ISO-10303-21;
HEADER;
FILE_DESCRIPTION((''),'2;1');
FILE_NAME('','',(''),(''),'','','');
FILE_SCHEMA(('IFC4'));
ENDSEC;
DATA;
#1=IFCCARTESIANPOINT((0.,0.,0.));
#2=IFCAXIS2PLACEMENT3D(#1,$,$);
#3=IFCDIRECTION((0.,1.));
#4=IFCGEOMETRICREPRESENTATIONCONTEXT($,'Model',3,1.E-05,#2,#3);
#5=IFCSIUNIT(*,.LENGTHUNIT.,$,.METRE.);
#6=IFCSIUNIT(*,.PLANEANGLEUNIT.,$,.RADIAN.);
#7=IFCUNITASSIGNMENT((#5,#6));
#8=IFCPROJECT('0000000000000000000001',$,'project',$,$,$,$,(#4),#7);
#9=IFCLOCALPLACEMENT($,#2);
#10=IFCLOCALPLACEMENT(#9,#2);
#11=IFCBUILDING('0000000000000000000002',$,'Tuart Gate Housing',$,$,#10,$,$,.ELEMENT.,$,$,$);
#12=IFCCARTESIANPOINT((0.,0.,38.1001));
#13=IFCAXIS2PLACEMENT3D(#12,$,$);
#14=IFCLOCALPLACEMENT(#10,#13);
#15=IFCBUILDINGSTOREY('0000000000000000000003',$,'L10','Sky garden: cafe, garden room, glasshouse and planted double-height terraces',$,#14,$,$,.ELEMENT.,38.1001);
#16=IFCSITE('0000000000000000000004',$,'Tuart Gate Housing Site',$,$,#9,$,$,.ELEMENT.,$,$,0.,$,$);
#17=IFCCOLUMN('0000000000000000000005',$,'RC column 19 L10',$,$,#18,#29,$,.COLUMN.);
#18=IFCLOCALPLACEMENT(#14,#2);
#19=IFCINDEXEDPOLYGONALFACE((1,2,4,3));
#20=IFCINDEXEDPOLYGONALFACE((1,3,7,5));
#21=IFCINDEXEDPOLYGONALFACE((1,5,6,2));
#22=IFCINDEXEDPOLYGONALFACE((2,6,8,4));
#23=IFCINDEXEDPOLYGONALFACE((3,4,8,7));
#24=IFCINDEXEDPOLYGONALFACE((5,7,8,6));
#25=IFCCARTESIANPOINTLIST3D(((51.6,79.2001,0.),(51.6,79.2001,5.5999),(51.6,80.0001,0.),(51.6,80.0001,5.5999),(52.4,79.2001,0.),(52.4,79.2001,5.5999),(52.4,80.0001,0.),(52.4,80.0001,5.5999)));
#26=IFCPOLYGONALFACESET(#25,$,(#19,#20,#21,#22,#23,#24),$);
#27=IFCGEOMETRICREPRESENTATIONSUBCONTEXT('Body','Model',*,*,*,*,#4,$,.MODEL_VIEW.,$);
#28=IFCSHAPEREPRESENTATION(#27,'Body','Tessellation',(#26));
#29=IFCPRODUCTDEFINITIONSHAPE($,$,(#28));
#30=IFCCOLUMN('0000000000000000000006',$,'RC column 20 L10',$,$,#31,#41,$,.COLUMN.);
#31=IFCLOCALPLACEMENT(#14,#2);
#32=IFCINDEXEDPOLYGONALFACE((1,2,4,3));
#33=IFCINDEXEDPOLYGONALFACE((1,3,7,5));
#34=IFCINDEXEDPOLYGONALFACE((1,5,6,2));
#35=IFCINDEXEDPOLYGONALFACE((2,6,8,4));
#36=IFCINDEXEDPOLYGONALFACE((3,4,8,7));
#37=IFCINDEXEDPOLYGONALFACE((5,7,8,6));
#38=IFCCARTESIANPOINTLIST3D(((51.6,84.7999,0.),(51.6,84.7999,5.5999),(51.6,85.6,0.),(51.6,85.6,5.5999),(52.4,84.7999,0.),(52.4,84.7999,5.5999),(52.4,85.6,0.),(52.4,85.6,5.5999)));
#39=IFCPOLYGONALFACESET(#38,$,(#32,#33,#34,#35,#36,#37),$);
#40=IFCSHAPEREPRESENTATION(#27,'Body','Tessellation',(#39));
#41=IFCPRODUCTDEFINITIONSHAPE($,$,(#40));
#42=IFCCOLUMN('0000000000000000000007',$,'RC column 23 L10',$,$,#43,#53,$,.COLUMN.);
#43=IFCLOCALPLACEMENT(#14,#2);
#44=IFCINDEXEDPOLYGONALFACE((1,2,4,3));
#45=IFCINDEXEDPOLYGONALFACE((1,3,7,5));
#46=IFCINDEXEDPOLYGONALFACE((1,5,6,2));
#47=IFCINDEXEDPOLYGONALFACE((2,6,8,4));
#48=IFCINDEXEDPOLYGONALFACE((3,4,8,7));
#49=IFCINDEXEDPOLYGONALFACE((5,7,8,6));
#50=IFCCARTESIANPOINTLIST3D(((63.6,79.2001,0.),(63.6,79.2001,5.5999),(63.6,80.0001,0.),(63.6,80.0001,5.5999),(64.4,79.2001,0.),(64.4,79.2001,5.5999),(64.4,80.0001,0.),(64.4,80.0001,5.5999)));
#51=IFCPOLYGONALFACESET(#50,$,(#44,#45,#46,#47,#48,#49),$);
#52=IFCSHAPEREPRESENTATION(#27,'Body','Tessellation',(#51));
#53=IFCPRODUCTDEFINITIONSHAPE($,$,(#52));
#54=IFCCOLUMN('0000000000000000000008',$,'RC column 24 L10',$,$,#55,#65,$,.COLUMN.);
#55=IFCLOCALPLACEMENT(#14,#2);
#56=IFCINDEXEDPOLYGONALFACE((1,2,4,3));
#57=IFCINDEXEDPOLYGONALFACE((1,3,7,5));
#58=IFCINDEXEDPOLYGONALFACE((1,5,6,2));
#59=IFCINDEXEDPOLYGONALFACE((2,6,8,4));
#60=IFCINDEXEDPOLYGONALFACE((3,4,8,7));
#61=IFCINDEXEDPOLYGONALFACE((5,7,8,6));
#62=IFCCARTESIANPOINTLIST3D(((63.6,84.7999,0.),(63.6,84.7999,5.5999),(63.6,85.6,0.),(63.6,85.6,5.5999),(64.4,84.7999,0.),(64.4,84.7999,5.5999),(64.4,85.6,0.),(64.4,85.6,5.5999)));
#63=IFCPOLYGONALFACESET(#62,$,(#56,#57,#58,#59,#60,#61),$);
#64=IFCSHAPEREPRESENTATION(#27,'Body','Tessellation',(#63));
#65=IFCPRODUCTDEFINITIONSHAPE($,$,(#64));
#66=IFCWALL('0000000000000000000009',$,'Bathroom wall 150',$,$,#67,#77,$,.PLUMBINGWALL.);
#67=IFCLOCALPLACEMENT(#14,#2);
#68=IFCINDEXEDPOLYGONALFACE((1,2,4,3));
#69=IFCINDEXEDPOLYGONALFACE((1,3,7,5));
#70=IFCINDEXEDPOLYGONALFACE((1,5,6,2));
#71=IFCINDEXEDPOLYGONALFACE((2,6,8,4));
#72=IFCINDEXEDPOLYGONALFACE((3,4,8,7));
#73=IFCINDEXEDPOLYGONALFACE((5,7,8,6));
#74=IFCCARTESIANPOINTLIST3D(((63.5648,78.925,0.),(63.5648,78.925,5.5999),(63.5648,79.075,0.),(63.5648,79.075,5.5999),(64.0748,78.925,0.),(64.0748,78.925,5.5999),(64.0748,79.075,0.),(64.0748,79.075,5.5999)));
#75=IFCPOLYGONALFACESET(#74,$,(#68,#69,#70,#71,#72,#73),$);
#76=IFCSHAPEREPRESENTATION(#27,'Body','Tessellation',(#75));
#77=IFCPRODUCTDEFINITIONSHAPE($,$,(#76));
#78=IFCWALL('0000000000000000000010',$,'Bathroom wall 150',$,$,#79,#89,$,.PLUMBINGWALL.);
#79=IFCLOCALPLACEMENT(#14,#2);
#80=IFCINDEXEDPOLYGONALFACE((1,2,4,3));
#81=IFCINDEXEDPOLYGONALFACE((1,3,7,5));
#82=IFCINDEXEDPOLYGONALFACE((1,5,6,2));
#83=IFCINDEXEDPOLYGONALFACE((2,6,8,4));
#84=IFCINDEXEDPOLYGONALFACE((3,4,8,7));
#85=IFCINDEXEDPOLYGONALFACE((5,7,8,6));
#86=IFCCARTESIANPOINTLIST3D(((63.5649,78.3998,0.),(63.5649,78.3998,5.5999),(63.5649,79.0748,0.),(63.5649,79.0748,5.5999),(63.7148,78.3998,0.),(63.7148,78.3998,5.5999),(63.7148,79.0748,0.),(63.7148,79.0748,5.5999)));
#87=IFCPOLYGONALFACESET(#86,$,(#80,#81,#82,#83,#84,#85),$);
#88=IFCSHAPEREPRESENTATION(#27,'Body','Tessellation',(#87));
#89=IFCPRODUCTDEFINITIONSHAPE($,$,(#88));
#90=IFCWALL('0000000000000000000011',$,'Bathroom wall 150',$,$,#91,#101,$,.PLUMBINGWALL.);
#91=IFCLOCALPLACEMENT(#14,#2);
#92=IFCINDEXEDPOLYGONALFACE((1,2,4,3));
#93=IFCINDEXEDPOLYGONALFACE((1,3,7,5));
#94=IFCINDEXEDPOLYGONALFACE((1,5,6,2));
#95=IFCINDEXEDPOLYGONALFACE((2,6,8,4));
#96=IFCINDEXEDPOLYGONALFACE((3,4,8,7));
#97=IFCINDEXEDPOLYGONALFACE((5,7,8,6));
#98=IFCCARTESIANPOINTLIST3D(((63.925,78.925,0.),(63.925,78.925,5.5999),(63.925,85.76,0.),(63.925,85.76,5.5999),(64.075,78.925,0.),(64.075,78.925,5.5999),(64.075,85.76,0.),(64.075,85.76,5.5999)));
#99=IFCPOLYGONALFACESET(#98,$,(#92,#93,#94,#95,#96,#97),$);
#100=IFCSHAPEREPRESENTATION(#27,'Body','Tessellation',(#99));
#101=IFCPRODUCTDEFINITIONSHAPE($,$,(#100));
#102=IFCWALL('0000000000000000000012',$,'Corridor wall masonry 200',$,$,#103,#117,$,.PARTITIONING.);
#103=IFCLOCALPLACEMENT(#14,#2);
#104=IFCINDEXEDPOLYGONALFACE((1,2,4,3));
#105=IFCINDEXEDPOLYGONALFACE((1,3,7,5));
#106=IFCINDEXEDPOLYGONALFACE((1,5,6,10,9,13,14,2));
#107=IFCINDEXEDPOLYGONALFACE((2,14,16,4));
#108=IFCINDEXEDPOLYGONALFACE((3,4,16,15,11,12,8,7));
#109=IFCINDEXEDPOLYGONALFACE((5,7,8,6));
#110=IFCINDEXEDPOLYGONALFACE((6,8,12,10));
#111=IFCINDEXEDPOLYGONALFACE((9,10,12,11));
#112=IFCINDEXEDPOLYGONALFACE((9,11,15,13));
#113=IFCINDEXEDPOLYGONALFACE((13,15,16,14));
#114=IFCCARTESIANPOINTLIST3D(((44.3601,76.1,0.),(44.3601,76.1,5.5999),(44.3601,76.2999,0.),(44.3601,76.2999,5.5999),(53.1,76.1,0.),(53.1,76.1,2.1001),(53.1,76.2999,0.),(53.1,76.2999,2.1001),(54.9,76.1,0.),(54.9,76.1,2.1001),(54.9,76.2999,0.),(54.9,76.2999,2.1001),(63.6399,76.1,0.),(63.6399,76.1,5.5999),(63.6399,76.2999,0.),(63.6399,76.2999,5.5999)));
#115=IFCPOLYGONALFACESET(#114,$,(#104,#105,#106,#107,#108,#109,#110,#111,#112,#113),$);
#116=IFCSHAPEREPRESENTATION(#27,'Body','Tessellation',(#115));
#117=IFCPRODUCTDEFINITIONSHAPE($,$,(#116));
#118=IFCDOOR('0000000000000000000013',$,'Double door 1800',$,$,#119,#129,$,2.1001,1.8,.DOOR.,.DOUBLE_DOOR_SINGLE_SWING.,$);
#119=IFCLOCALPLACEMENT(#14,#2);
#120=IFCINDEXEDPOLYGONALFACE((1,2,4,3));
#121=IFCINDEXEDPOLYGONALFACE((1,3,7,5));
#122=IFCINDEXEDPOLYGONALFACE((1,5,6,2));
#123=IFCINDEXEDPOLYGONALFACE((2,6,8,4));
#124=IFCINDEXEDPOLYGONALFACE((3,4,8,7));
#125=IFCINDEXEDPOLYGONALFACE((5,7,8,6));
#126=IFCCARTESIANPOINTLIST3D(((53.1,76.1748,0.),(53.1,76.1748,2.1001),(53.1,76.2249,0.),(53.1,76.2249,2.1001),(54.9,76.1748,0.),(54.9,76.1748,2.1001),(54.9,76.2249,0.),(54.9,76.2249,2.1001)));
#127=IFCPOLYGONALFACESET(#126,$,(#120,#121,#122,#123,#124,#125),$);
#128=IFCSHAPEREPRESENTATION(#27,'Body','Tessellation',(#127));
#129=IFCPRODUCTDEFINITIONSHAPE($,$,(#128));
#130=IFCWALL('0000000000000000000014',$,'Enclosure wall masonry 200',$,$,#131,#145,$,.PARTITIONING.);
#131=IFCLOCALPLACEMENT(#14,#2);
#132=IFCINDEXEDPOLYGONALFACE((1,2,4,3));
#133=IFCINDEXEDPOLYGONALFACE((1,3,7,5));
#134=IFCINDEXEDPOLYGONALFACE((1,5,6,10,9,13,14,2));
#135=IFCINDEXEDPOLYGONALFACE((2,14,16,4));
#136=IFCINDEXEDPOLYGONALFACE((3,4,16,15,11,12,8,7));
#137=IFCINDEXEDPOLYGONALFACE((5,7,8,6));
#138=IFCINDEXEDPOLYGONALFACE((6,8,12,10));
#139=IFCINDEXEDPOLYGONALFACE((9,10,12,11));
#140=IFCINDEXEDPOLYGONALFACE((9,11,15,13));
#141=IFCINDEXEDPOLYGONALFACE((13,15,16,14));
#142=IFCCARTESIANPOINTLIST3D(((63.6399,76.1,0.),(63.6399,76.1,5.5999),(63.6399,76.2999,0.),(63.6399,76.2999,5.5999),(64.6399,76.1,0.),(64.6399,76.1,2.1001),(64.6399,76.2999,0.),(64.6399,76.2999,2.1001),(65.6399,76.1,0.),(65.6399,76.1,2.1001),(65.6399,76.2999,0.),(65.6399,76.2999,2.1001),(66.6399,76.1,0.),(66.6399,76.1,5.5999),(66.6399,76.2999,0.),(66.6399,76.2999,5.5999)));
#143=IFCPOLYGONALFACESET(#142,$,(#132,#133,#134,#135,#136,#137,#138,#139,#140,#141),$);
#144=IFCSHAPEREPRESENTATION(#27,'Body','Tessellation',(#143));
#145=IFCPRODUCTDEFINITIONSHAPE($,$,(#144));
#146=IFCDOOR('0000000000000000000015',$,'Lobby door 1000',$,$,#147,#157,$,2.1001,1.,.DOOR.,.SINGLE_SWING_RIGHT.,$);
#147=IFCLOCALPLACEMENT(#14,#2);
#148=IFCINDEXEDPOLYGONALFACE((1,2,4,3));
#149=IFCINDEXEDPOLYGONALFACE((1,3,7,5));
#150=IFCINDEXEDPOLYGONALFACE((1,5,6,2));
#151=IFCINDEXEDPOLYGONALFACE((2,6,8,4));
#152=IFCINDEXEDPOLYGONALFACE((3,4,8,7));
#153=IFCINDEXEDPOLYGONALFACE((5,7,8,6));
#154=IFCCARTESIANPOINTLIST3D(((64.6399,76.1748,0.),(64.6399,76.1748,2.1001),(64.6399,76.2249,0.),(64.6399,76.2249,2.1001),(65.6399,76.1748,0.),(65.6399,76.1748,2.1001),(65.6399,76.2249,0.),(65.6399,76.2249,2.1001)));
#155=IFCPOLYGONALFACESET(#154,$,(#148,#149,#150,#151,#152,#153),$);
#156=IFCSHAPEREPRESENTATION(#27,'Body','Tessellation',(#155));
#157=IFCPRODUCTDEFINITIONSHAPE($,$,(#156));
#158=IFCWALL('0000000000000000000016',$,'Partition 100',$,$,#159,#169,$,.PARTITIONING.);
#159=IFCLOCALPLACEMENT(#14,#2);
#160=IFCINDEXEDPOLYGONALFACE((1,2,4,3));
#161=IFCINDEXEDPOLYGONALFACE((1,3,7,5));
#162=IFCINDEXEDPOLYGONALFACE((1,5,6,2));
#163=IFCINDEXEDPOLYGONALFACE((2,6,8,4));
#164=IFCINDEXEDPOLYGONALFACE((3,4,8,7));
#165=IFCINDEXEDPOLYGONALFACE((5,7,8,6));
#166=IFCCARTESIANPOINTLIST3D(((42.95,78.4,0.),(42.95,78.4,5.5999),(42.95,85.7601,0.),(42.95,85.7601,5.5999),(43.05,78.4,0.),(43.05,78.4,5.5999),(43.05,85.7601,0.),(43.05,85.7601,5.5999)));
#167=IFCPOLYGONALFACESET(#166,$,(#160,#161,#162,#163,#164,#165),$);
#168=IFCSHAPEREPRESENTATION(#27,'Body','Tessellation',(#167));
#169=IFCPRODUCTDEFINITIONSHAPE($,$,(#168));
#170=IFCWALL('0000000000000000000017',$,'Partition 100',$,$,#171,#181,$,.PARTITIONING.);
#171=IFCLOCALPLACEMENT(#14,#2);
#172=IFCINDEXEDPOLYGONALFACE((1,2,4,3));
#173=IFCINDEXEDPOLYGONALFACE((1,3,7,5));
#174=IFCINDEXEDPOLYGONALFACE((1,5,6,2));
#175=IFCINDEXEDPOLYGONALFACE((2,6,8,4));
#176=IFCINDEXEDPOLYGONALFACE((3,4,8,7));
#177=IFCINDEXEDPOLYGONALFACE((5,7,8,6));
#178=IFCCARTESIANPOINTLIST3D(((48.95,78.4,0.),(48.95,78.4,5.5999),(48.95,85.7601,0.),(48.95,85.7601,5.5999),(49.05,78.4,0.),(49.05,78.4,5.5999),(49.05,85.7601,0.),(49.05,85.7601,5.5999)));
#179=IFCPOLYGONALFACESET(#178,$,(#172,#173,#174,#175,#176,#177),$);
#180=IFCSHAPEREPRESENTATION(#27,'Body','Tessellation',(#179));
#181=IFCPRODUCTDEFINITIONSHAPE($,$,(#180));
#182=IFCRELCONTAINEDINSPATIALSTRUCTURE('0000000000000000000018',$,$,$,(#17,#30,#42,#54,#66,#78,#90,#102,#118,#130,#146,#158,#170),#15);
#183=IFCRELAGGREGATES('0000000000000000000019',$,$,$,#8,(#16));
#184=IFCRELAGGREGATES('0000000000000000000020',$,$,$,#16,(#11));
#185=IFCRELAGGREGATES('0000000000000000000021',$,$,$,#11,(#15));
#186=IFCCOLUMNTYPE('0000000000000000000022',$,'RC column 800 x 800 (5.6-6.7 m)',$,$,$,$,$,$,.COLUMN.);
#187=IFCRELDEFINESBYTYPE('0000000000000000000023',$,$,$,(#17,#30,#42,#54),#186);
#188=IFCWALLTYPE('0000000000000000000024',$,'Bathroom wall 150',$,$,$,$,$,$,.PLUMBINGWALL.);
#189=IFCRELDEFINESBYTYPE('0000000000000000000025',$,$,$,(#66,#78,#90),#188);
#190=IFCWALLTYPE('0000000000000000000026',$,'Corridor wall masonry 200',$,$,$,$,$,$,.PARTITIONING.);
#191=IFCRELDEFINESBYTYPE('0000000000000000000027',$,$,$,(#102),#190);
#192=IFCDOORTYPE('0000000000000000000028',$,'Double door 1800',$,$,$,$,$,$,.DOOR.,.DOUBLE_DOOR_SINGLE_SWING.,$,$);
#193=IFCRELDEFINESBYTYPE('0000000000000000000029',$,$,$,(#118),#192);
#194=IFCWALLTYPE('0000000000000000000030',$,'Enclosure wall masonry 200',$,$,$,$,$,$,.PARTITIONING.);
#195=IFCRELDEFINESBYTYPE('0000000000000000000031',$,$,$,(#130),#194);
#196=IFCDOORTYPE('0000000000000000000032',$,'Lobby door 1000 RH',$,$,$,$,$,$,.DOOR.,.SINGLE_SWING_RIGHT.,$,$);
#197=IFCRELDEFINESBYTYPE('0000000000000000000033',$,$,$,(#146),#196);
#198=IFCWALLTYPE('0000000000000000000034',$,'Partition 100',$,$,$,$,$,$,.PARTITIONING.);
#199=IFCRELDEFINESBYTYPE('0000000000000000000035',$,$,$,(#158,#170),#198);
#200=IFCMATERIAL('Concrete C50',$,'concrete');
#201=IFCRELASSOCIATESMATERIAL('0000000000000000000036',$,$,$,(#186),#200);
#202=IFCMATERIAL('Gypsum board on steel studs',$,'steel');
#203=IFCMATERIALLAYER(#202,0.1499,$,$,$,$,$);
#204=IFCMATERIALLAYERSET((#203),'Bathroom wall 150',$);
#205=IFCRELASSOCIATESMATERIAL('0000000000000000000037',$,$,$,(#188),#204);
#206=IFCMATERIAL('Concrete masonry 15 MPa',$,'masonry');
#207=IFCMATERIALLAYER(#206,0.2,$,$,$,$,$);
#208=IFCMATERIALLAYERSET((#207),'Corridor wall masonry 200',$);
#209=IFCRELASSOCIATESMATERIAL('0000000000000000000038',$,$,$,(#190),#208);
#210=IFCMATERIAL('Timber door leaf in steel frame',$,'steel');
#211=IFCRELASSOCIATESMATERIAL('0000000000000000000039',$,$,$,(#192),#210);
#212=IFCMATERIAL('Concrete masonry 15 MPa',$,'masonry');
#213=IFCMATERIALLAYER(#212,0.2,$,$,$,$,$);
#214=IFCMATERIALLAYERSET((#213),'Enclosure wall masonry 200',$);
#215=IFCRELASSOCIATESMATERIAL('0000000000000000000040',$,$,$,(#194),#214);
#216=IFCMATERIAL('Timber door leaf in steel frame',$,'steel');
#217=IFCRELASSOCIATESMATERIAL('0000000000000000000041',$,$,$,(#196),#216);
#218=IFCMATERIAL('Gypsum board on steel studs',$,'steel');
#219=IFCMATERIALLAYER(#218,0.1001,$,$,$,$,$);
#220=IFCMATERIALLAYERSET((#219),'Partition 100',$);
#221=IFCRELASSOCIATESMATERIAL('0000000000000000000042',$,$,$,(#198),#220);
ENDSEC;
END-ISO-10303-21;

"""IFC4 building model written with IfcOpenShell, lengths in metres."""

from ifc_helpers import new_model, si_unit, direction, frame, frame_2d, origin, origin_2d, place, context, subcontext, project, spatial, rectangle, extrude, material, layer, layer_set, material_profile, profile_set, type_object, element, fill, save


model = new_model("IFC4")

# Units and contexts
model_context = context("Model", 3, precision=1e-05, world=origin(), true_north=direction((0.0, 1.0)))
body_context = subcontext(model_context, "Body", "Model", "MODEL_VIEW")
ifc_project = project(units=[si_unit("LENGTHUNIT", "METRE"), si_unit("PLANEANGLEUNIT", "RADIAN")], contexts=[model_context])

# Site, building, storey
site_placement = place(None, origin())
site = spatial("IfcSite", under=ifc_project, at=site_placement, Name="Tuart Gate Housing Site", CompositionType="ELEMENT", RefElevation=0.0)
building_placement = place(site_placement, origin())
building = spatial("IfcBuilding", under=site, at=building_placement, Name="Tuart Gate Housing", CompositionType="ELEMENT")
storey_placement = place(building_placement, frame((0.0, 0.0, 38.1001)))
storey = spatial("IfcBuildingStorey", under=building, at=storey_placement, Name="L10", Description="Sky garden: cafe, garden room, glasshouse and planted double-height terraces", CompositionType="ELEMENT", Elevation=38.1001)

# Columns
ifc_material_1 = material(Name="Concrete C50", Category="concrete")
ifc_material_profile = material_profile(ifc_material_1, rectangle(XDim=0.8, YDim=0.8, at=origin_2d()), Name="RC column 800 x 800 (5.6-6.7 m)")
ifc_profile_set = profile_set([ifc_material_profile], Name="Concrete C50")
column_type = type_object("IfcColumnType", Name="RC column 800 x 800 (5.6-6.7 m)", PredefinedType="COLUMN", material=ifc_profile_set)
for number, where, z_axis, x_axis, name in (
    (1, (52.0, 79.6001, 0.0), (0.0, 0.0, 1.0), (1.0, 0.0, 0.0), "RC column 19 L10"),
    (2, (52.0, 85.2, 0.0), (0.0, 0.0, 1.0), (1.0, 0.0, 0.0), "RC column 20 L10"),
    (3, (64.0, 79.6001, 0.0), (0.0, 0.0, 1.0), (1.0, 0.0, 0.0), "RC column 23 L10"),
    (4, (64.0, 85.2, 0.0), (0.0, 0.0, 1.0), (1.0, 0.0, 0.0), "RC column 24 L10"),
):
    element("IfcColumn", number, at=place(storey_placement, frame(where, z_axis=z_axis, x_axis=x_axis)), inside=storey, type_object=column_type, Name=name, PredefinedType="COLUMN", context=body_context, shape_type="SweptSolid", body=[
        extrude(rectangle(XDim=0.8, YDim=0.8, at=origin_2d()), origin(), (0.0, 0.0, 1.0), 5.5999),
    ])

# Walls
ifc_material_2 = material(Name="Gypsum board on steel studs", Category="steel")
ifc_layer_1 = layer(ifc_material_2, 0.1499)
ifc_layer_set_1 = layer_set([ifc_layer_1], Name="Bathroom wall 150")
wall_type_1 = type_object("IfcWallType", Name="Bathroom wall 150", PredefinedType="PLUMBINGWALL", material=ifc_layer_set_1)
wall_1_placement = place(storey_placement, frame((63.5649, 79.0, 0.0), z_axis=(0.0, 0.0, 1.0), x_axis=(1.0, 0.0, 0.0)))
element("IfcWall", 5, at=wall_1_placement, inside=storey, type_object=wall_type_1, Name="Bathroom wall 150", PredefinedType="PLUMBINGWALL", context=body_context, shape_type="SweptSolid", body=[
    extrude(rectangle(XDim=0.51, YDim=0.1499, at=frame_2d((0.2549, 0.0))), origin(), (0.0, 0.0, 1.0), 5.5999),
])
wall_2_placement = place(storey_placement, frame((63.6399, 78.3999, 0.0), z_axis=(0.0, 0.0, 1.0), x_axis=(0.0, 1.0, 0.0)))
element("IfcWall", 6, at=wall_2_placement, inside=storey, type_object=wall_type_1, Name="Bathroom wall 150", PredefinedType="PLUMBINGWALL", context=body_context, shape_type="SweptSolid", body=[
    extrude(rectangle(XDim=0.675, YDim=0.1499, at=frame_2d((0.3374, 0.0))), origin(), (0.0, 0.0, 1.0), 5.5999),
])
wall_3_placement = place(storey_placement, frame((64.0, 78.925, 0.0), z_axis=(0.0, 0.0, 1.0), x_axis=(0.0, 1.0, 0.0)))
element("IfcWall", 7, at=wall_3_placement, inside=storey, type_object=wall_type_1, Name="Bathroom wall 150", PredefinedType="PLUMBINGWALL", context=body_context, shape_type="SweptSolid", body=[
    extrude(rectangle(XDim=6.835, YDim=0.1499, at=frame_2d((3.4175, 0.0))), origin(), (0.0, 0.0, 1.0), 5.5999),
])

# Walls, openings, doors
ifc_material_3 = material(Name="Concrete masonry 15 MPa", Category="masonry")
ifc_layer_2 = layer(ifc_material_3, 0.2)
ifc_layer_set_2 = layer_set([ifc_layer_2], Name="Corridor wall masonry 200")
wall_type_2 = type_object("IfcWallType", Name="Corridor wall masonry 200", PredefinedType="PARTITIONING", material=ifc_layer_set_2)
wall_4_placement = place(storey_placement, frame((44.3601, 76.2, 0.0), z_axis=(0.0, 0.0, 1.0), x_axis=(1.0, 0.0, 0.0)))
wall_4 = element("IfcWall", 8, at=wall_4_placement, inside=storey, type_object=wall_type_2, Name="Corridor wall masonry 200", PredefinedType="PARTITIONING", context=body_context, shape_type="SweptSolid", body=[
    extrude(rectangle(XDim=19.2798, YDim=0.2, at=frame_2d((9.6399, 0.0))), origin(), (0.0, 0.0, 1.0), 5.5999),
])
opening_1_placement = place(wall_4_placement, frame((8.74, 0.0, 0.0)))
opening_1 = element("IfcOpeningElement", 9, at=opening_1_placement, cuts=wall_4, PredefinedType="OPENING", context=body_context, shape_type="SweptSolid", body=[
    extrude(rectangle(XDim=1.8, YDim=2.1001, at=frame_2d((0.8999, 1.05))), frame((0.0, 0.1099, 0.0), z_axis=(0.0, -1.0, 0.0), x_axis=(1.0, 0.0, 0.0)), (0.0, 0.0, 1.0), 0.22),
])
ifc_material_4 = material(Name="Timber door leaf in steel frame", Category="steel")
door_type_1 = type_object("IfcDoorType", Name="Double door 1800", OperationType="DOUBLE_DOOR_SINGLE_SWING", PredefinedType="DOOR", material=ifc_material_4)
door_1_placement = place(opening_1_placement, frame((1.8, 0.0, 0.0), z_axis=(0.0, 0.0, 1.0), x_axis=(-1.0, 0.0, 0.0)))
door_1 = element("IfcDoor", 10, at=door_1_placement, inside=storey, type_object=door_type_1, Name="Double door 1800", OperationType="DOUBLE_DOOR_SINGLE_SWING", OverallHeight=2.1001, OverallWidth=1.8, PredefinedType="DOOR", context=body_context, shape_type="SweptSolid", body=[
    extrude(rectangle(XDim=1.8, YDim=2.1001, at=frame_2d((0.9001, 1.05))), frame((0.0, 0.0251, 0.0), z_axis=(0.0, -1.0, 0.0), x_axis=(1.0, 0.0, 0.0)), (0.0, 0.0, 1.0), 0.05),
])
fill(opening_1, door_1)
ifc_material_5 = material(Name="Concrete masonry 15 MPa", Category="masonry")
ifc_layer_3 = layer(ifc_material_5, 0.2)
ifc_layer_set_3 = layer_set([ifc_layer_3], Name="Enclosure wall masonry 200")
wall_type_3 = type_object("IfcWallType", Name="Enclosure wall masonry 200", PredefinedType="PARTITIONING", material=ifc_layer_set_3)
wall_5_placement = place(storey_placement, frame((63.6399, 76.2, 0.0), z_axis=(0.0, 0.0, 1.0), x_axis=(1.0, 0.0, 0.0)))
wall_5 = element("IfcWall", 11, at=wall_5_placement, inside=storey, type_object=wall_type_3, Name="Enclosure wall masonry 200", PredefinedType="PARTITIONING", context=body_context, shape_type="SweptSolid", body=[
    extrude(rectangle(XDim=3.0, YDim=0.2, at=frame_2d((1.5, 0.0))), origin(), (0.0, 0.0, 1.0), 5.5999),
])
opening_2_placement = place(wall_5_placement, frame((1.0, 0.0, 0.0)))
opening_2 = element("IfcOpeningElement", 12, at=opening_2_placement, cuts=wall_5, PredefinedType="OPENING", context=body_context, shape_type="SweptSolid", body=[
    extrude(rectangle(XDim=1.0, YDim=2.1001, at=frame_2d((0.5, 1.05))), frame((0.0, 0.1099, 0.0), z_axis=(0.0, -1.0, 0.0), x_axis=(1.0, 0.0, 0.0)), (0.0, 0.0, 1.0), 0.22),
])
ifc_material_6 = material(Name="Timber door leaf in steel frame", Category="steel")
door_type_2 = type_object("IfcDoorType", Name="Lobby door 1000 RH", OperationType="SINGLE_SWING_RIGHT", PredefinedType="DOOR", material=ifc_material_6)
door_2_placement = place(opening_2_placement, frame((1.0, 0.0, 0.0), z_axis=(0.0, 0.0, 1.0), x_axis=(-1.0, 0.0, 0.0)))
door_2 = element("IfcDoor", 13, at=door_2_placement, inside=storey, type_object=door_type_2, Name="Lobby door 1000", OperationType="SINGLE_SWING_RIGHT", OverallHeight=2.1001, OverallWidth=1.0, PredefinedType="DOOR", context=body_context, shape_type="SweptSolid", body=[
    extrude(rectangle(XDim=1.0, YDim=2.1001, at=frame_2d((0.5, 1.05))), frame((0.0, 0.0251, 0.0), z_axis=(0.0, -1.0, 0.0), x_axis=(1.0, 0.0, 0.0)), (0.0, 0.0, 1.0), 0.05),
])
fill(opening_2, door_2)

# Walls
ifc_material_7 = material(Name="Gypsum board on steel studs", Category="steel")
ifc_layer_4 = layer(ifc_material_7, 0.1001)
ifc_layer_set_4 = layer_set([ifc_layer_4], Name="Partition 100")
wall_type_4 = type_object("IfcWallType", Name="Partition 100", PredefinedType="PARTITIONING", material=ifc_layer_set_4)
for number, where, z_axis, x_axis, name in (
    (14, (43.0, 78.3999, 0.0), (0.0, 0.0, 1.0), (0.0, 1.0, 0.0), "Partition 100"),
    (15, (49.0, 78.3999, 0.0), (0.0, 0.0, 1.0), (0.0, 1.0, 0.0), "Partition 100"),
):
    element("IfcWall", number, at=place(storey_placement, frame(where, z_axis=z_axis, x_axis=x_axis)), inside=storey, type_object=wall_type_4, Name=name, PredefinedType="PARTITIONING", context=body_context, shape_type="SweptSolid", body=[
        extrude(rectangle(XDim=7.3601, YDim=0.1001, at=frame_2d((3.6802, 0.0))), origin(), (0.0, 0.0, 1.0), 5.5999),
    ])

save(model, "model.ifc")
